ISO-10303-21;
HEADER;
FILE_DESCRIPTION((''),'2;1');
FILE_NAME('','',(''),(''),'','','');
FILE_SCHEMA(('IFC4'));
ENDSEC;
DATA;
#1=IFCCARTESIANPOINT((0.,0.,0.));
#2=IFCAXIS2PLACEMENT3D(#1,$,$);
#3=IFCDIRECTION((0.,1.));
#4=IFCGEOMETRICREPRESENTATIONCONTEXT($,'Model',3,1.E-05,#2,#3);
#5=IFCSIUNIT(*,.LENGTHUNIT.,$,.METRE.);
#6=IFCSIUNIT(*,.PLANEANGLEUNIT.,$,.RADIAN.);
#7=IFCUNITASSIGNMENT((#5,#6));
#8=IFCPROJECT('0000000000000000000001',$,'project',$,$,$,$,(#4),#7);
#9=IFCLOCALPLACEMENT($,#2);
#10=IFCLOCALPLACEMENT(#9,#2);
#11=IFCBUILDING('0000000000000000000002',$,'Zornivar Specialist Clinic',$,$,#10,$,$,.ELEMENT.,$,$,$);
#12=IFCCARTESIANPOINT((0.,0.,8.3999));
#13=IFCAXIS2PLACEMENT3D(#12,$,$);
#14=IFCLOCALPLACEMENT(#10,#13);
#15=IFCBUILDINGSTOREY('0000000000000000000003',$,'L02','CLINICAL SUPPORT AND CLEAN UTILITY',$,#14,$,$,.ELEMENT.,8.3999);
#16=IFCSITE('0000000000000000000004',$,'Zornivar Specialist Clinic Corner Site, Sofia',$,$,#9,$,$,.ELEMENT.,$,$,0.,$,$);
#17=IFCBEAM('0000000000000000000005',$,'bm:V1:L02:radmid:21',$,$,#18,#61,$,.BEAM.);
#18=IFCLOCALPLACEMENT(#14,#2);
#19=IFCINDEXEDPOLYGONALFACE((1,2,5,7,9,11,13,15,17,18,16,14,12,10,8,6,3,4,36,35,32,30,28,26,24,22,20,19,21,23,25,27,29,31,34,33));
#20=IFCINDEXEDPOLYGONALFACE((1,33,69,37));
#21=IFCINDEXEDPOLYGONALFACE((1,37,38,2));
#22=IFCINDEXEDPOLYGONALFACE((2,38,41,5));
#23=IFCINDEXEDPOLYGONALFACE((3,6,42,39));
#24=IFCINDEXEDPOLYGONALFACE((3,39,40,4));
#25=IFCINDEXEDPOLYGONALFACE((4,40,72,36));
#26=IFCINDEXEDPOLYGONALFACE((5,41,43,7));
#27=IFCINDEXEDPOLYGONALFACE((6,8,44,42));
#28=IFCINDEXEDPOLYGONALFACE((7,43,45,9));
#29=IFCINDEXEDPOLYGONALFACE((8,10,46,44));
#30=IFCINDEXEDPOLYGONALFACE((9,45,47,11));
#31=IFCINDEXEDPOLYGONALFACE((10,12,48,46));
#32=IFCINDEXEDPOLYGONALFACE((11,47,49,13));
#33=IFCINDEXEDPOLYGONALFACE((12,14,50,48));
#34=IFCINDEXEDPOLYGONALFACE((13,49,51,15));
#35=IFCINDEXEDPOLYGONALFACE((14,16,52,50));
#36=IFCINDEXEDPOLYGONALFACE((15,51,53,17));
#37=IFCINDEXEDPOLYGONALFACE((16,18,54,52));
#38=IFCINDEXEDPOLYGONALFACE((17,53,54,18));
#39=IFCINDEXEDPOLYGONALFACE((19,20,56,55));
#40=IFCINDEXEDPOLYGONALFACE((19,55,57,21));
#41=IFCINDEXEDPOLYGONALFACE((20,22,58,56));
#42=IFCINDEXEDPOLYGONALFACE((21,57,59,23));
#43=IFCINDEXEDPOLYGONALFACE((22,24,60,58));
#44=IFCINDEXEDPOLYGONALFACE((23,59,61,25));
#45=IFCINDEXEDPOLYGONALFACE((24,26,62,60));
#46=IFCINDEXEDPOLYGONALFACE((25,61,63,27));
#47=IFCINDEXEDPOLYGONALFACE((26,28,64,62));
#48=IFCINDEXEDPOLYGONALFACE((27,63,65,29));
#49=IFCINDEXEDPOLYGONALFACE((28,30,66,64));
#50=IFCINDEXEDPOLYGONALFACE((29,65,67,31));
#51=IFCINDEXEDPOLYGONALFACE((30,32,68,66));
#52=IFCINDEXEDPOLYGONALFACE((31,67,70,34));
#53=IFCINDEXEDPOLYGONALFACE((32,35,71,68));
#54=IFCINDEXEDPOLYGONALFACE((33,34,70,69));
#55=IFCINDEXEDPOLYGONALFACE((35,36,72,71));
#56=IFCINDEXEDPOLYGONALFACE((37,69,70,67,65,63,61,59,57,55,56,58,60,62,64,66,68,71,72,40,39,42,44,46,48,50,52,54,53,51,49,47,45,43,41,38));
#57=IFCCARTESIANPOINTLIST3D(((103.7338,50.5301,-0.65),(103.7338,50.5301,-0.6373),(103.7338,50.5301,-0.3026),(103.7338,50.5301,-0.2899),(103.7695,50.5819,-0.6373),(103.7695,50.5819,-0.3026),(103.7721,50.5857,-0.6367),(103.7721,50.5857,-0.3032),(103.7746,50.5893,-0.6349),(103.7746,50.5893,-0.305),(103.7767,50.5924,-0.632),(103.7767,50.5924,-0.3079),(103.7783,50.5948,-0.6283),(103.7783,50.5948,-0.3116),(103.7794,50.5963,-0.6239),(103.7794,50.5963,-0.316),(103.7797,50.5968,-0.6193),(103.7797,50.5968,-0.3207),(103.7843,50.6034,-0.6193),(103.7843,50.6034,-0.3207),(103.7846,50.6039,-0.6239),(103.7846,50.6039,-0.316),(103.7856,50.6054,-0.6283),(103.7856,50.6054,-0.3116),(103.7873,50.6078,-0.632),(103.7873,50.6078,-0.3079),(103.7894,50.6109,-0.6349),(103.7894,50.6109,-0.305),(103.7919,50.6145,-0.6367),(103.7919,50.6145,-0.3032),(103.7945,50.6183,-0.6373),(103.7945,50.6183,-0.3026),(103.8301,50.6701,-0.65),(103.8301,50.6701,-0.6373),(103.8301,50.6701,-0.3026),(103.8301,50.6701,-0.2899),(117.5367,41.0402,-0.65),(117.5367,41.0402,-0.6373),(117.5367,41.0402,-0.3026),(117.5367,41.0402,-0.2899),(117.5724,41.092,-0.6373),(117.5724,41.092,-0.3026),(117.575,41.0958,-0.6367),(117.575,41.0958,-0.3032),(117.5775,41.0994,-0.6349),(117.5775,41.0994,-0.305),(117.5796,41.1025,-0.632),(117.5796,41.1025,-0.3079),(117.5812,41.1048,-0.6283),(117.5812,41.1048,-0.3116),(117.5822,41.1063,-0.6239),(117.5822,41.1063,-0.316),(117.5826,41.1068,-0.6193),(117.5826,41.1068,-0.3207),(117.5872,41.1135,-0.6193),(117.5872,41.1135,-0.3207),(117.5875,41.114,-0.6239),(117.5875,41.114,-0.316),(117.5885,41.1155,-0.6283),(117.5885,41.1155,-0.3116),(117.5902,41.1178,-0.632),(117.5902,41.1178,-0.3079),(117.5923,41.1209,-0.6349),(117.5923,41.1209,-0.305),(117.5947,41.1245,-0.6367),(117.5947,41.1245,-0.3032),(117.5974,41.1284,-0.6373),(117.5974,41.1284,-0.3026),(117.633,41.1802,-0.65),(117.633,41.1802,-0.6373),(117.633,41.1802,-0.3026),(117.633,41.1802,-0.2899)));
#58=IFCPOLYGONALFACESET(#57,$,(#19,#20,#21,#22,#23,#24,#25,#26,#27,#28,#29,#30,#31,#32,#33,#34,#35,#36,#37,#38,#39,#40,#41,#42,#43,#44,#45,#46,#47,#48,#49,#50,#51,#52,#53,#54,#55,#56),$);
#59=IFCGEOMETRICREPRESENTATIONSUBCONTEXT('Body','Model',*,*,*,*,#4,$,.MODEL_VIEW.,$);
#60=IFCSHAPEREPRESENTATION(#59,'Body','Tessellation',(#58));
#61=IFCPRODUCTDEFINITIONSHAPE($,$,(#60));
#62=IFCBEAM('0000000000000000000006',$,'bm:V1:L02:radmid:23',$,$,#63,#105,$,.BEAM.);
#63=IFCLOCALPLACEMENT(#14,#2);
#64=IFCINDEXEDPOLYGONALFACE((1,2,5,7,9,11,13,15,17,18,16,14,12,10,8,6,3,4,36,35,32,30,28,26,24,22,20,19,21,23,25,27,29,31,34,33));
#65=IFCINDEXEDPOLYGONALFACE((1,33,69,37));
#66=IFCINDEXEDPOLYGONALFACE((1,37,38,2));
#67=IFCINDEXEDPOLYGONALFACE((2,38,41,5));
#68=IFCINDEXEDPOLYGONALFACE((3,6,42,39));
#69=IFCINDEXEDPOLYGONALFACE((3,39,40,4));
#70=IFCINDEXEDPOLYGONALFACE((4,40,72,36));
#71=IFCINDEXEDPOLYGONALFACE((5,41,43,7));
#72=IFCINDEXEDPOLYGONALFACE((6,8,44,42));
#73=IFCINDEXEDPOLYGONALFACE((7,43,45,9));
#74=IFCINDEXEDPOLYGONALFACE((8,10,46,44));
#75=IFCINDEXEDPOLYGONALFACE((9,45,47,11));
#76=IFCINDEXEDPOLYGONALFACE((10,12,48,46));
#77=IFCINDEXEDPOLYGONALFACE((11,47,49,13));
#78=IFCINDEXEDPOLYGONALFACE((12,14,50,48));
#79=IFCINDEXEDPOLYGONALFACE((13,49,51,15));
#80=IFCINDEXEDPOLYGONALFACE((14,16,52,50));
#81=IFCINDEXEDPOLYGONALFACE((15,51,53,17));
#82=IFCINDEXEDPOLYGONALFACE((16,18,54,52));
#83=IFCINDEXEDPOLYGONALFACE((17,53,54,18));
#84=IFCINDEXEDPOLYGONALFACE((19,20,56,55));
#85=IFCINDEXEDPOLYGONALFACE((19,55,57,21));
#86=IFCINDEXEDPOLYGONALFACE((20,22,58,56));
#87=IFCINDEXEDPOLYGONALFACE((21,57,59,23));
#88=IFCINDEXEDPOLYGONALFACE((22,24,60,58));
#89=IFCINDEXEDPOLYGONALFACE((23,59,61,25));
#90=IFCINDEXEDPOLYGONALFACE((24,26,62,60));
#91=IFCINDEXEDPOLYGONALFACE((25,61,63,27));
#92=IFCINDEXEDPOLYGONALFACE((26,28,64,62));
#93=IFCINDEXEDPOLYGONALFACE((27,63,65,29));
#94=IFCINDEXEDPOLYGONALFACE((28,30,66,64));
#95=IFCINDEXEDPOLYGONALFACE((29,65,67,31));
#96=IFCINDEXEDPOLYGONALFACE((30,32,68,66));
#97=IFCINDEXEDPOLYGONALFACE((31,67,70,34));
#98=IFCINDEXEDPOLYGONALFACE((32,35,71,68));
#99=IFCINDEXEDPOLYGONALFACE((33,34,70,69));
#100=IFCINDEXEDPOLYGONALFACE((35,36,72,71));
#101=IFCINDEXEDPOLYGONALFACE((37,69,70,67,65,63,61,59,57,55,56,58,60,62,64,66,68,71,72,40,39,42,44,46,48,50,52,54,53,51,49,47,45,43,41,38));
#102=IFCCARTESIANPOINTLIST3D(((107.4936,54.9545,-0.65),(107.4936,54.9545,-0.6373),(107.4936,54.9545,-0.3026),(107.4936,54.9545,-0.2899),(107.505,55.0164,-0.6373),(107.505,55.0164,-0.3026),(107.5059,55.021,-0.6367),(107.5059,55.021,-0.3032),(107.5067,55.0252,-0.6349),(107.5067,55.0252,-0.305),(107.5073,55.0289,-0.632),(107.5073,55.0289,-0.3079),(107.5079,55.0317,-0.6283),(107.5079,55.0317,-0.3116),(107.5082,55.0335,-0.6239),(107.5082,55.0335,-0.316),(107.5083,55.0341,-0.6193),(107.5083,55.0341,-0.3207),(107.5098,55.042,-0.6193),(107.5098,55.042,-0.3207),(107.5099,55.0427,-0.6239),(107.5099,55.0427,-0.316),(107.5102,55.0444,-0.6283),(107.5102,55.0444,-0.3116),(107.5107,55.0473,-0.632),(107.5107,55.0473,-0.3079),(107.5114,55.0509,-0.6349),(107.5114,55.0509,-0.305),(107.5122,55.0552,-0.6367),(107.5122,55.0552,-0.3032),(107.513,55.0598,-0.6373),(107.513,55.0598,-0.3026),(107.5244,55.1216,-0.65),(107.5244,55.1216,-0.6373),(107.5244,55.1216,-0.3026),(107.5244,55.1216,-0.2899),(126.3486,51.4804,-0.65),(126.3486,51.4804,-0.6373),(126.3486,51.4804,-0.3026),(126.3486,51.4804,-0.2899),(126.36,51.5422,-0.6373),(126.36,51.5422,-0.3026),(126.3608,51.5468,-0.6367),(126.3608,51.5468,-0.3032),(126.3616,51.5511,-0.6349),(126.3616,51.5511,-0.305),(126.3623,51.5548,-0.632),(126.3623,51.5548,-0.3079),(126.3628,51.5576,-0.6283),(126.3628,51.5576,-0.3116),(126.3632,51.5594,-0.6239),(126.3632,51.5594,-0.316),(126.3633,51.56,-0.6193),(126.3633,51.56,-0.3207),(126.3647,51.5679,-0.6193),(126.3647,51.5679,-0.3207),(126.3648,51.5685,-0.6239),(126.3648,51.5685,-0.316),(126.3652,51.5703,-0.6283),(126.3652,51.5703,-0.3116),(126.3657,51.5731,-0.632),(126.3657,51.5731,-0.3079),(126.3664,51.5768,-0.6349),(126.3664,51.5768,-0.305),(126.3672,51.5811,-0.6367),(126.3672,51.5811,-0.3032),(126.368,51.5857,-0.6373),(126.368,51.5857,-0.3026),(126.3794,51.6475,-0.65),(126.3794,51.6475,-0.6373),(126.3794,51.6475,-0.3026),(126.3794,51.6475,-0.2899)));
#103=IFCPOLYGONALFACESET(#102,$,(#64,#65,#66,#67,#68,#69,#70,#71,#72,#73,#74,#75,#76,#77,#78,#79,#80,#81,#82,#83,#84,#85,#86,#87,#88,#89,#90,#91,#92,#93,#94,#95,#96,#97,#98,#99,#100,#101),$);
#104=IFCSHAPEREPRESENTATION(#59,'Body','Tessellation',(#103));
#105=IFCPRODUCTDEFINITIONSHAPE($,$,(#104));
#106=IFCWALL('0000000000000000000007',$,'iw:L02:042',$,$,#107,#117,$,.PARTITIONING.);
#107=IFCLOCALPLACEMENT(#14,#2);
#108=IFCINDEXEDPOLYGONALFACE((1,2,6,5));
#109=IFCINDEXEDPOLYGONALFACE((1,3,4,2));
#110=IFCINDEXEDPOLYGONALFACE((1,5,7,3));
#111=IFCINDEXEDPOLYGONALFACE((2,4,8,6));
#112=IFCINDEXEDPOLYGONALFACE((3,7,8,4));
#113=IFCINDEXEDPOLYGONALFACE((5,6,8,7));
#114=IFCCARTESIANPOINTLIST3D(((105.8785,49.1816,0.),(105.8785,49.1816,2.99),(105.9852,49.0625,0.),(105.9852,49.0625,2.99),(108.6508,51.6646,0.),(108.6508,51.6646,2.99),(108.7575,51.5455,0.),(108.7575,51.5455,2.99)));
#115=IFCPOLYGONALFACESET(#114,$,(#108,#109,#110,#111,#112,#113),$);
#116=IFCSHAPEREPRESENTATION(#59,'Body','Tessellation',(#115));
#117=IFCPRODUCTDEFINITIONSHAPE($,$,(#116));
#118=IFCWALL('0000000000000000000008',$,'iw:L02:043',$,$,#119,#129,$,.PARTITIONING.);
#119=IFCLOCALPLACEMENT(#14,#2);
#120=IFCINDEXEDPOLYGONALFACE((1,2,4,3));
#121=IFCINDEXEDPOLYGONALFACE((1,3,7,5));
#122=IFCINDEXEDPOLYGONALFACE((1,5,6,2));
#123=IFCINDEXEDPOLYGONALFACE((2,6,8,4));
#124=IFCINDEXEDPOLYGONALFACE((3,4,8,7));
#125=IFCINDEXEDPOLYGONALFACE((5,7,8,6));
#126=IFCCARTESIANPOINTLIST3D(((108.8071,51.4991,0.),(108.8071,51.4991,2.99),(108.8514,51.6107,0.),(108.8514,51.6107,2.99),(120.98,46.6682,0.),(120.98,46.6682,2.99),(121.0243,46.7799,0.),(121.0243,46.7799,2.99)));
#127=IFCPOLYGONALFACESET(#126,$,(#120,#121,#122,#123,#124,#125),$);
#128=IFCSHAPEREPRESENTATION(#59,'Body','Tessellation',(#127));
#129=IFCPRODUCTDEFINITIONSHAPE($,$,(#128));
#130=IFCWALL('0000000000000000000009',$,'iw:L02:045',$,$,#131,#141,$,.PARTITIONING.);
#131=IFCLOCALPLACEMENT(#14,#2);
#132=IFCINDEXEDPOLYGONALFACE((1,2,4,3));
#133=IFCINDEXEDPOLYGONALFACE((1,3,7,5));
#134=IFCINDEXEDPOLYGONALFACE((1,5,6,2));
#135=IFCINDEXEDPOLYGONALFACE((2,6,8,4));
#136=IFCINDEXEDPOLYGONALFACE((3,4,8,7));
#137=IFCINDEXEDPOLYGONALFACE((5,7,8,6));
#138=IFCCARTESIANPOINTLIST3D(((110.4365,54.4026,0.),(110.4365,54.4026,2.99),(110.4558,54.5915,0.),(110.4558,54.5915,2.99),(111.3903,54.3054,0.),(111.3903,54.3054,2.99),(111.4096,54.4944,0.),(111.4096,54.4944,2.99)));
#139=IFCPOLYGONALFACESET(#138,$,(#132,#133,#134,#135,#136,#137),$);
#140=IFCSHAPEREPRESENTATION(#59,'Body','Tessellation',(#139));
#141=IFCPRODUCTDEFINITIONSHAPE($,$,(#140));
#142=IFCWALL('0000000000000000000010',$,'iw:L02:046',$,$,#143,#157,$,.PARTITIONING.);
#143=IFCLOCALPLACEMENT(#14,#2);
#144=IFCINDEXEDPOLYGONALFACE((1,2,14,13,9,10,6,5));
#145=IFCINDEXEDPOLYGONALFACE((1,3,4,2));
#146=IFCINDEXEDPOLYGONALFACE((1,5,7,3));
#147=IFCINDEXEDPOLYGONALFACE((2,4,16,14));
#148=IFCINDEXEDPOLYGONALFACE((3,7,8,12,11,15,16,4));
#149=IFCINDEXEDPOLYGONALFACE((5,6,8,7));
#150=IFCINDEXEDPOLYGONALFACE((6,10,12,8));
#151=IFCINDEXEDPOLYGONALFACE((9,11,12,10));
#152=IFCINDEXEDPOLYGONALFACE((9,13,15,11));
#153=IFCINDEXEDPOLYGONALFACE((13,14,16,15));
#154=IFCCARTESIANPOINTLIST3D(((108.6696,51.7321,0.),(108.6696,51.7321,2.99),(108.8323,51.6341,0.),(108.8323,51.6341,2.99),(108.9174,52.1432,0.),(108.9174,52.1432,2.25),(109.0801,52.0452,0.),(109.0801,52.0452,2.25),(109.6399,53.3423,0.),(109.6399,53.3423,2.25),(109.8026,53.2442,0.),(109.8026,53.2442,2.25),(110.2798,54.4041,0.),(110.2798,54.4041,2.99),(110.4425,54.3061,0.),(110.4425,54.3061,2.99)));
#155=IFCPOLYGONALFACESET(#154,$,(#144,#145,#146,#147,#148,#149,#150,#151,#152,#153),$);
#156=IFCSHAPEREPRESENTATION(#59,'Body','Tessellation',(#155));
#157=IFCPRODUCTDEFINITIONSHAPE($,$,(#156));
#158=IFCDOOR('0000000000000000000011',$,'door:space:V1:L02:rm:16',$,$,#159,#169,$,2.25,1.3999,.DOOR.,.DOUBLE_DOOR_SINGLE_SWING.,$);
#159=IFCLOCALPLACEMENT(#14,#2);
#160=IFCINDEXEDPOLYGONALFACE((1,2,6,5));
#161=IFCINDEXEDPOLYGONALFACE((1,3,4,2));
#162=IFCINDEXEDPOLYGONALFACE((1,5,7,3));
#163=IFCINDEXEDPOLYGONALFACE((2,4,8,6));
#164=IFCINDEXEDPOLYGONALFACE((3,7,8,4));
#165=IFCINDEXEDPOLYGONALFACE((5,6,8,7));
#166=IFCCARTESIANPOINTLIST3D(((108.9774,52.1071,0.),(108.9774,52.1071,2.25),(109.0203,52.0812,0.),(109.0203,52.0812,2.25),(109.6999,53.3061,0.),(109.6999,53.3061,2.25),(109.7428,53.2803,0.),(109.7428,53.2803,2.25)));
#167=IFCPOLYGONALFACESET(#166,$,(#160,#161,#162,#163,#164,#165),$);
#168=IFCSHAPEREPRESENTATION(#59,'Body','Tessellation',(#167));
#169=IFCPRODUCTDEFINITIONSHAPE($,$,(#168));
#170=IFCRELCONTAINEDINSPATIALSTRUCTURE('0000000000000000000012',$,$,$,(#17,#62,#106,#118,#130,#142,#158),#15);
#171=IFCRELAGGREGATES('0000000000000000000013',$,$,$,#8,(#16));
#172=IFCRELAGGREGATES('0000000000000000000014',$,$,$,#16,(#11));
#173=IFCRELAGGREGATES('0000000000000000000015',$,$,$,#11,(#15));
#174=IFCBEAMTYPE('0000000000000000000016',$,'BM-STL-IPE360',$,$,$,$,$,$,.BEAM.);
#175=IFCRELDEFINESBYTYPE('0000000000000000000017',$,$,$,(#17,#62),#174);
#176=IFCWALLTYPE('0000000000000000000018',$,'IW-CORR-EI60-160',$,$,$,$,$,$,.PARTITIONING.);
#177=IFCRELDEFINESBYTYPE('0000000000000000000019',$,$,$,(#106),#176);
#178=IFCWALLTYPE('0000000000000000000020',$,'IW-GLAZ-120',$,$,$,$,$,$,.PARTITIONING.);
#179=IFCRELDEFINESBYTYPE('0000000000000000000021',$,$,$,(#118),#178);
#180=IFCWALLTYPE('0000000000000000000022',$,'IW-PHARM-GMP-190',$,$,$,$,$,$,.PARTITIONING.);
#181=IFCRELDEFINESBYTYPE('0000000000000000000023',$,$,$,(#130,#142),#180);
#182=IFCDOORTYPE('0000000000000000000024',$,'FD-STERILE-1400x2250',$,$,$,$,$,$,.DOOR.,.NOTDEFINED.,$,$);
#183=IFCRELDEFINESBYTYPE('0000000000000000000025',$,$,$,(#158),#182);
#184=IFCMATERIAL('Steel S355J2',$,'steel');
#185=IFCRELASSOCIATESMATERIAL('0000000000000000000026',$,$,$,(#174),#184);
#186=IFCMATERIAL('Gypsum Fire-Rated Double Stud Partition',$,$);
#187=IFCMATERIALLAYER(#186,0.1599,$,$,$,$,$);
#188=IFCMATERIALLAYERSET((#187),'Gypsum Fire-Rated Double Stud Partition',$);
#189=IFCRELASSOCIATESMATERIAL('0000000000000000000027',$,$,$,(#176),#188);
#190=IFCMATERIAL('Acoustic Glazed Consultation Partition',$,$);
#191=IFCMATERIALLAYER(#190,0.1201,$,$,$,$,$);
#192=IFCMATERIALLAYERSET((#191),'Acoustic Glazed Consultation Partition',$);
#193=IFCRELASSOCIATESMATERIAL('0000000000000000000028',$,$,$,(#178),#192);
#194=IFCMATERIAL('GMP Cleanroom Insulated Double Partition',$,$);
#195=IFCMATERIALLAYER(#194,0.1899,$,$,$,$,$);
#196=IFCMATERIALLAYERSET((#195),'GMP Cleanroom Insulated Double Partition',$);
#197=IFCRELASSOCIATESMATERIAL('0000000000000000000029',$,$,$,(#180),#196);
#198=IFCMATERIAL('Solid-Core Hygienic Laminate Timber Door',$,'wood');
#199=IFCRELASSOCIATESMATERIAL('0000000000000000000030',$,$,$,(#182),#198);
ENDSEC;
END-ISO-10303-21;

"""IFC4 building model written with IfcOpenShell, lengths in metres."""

from ifc_helpers import new_model, si_unit, direction, frame, frame_2d, origin, origin_2d, place, context, subcontext, project, spatial, rectangle, i_section, extrude, material, layer, layer_set, material_profile, profile_set, type_object, element, fill, save


model = new_model("IFC4")

# Units and contexts
model_context = context("Model", 3, precision=1e-05, world=origin(), true_north=direction((0.0, 1.0)))
body_context = subcontext(model_context, "Body", "Model", "MODEL_VIEW")
ifc_project = project(units=[si_unit("LENGTHUNIT", "METRE"), si_unit("PLANEANGLEUNIT", "RADIAN")], contexts=[model_context])

# Site, building, storey
site_placement = place(None, origin())
site = spatial("IfcSite", under=ifc_project, at=site_placement, Name="Zornivar Specialist Clinic Corner Site, Sofia", CompositionType="ELEMENT", RefElevation=0.0)
building_placement = place(site_placement, origin())
building = spatial("IfcBuilding", under=site, at=building_placement, Name="Zornivar Specialist Clinic", CompositionType="ELEMENT")
storey_placement = place(building_placement, frame((0.0, 0.0, 8.3999)))
storey = spatial("IfcBuildingStorey", under=building, at=storey_placement, Name="L02", Description="CLINICAL SUPPORT AND CLEAN UTILITY", CompositionType="ELEMENT", Elevation=8.3999)

# Beams
ifc_material_1 = material(Name="Steel S355J2", Category="steel")
ifc_material_profile_1 = material_profile(ifc_material_1, i_section(OverallWidth=0.1699, OverallDepth=0.3601, WebThickness=0.0081, FlangeThickness=0.0127, FilletRadius=0.0181, at=origin_2d()), Name="IPE 360")
ifc_profile_set_1 = profile_set([ifc_material_profile_1], Name="Steel S355J2")
beam_type_1 = type_object("IfcBeamType", Name="BM-STL-IPE360", PredefinedType="BEAM", material=ifc_profile_set_1)
beam_1_placement = place(storey_placement, frame((103.782, 50.6001, -0.47), z_axis=(0.82403, -0.566547, 0.0), x_axis=(0.566547, 0.82403, 0.0)))
element("IfcBeam", 1, at=beam_1_placement, inside=storey, type_object=beam_type_1, Name="bm:V1:L02:radmid:21", PredefinedType="BEAM", context=body_context, shape_type="SweptSolid", body=[
    extrude(i_section(OverallWidth=0.1699, OverallDepth=0.3601, WebThickness=0.0081, FlangeThickness=0.0127, FilletRadius=0.0181, at=origin_2d()), origin(), (0.0, 0.0, 1.0), 16.7505),
])
beam_2_placement = place(storey_placement, frame((107.509, 55.0381, -0.47), z_axis=(0.983445, -0.181205, 0.0), x_axis=(0.181205, 0.983445, 0.0)))
element("IfcBeam", 2, at=beam_2_placement, inside=storey, type_object=beam_type_1, Name="bm:V1:L02:radmid:23", PredefinedType="BEAM", context=body_context, shape_type="SweptSolid", body=[
    extrude(i_section(OverallWidth=0.1699, OverallDepth=0.3601, WebThickness=0.0081, FlangeThickness=0.0127, FilletRadius=0.0181, at=origin_2d()), origin(), (0.0, 0.0, 1.0), 19.1724),
])

# Shared definitions
ifc_material_2 = material(Name="Gypsum Fire-Rated Double Stud Partition")
ifc_layer_1 = layer(ifc_material_2, 0.1599)
ifc_layer_set_1 = layer_set([ifc_layer_1], Name="Gypsum Fire-Rated Double Stud Partition")
wall_type_1 = type_object("IfcWallType", Name="IW-CORR-EI60-160", PredefinedType="PARTITIONING", material=ifc_layer_set_1)

# Walls
wall_1_placement = place(storey_placement, frame((105.9319, 49.1221, 0.0), z_axis=(0.0, 0.0, 1.0), x_axis=(0.744907, 0.667169, 0.0)))
element("IfcWall", 3, at=wall_1_placement, inside=storey, type_object=wall_type_1, Name="iw:L02:042", PredefinedType="PARTITIONING", context=body_context, shape_type="SweptSolid", body=[
    extrude(rectangle(XDim=3.7217, YDim=0.1599, at=frame_2d((1.8608, 0.0))), origin(), (0.0, 0.0, 1.0), 2.99),
])
ifc_material_3 = material(Name="Acoustic Glazed Consultation Partition")
ifc_layer_2 = layer(ifc_material_3, 0.1201)
ifc_layer_set_2 = layer_set([ifc_layer_2], Name="Acoustic Glazed Consultation Partition")
wall_type_2 = type_object("IfcWallType", Name="IW-GLAZ-120", PredefinedType="PARTITIONING", material=ifc_layer_set_2)
wall_2_placement = place(storey_placement, frame((108.8291, 51.5549, 0.0), z_axis=(0.0, 0.0, 1.0), x_axis=(0.929482, -0.368866, 0.0)))
element("IfcWall", 4, at=wall_2_placement, inside=storey, type_object=wall_type_2, Name="iw:L02:043", PredefinedType="PARTITIONING", context=body_context, shape_type="SweptSolid", body=[
    extrude(rectangle(XDim=13.0964, YDim=0.1201, at=frame_2d((6.5483, 0.0))), origin(), (0.0, 0.0, 1.0), 2.99),
])
ifc_material_4 = material(Name="GMP Cleanroom Insulated Double Partition")
ifc_layer_3 = layer(ifc_material_4, 0.1899)
ifc_layer_set_3 = layer_set([ifc_layer_3], Name="GMP Cleanroom Insulated Double Partition")
wall_type_3 = type_object("IfcWallType", Name="IW-PHARM-GMP-190", PredefinedType="PARTITIONING", material=ifc_layer_set_3)
wall_3_placement = place(storey_placement, frame((110.446, 54.4971, 0.0), z_axis=(0.0, 0.0, 1.0), x_axis=(0.994851, -0.101344, 0.0)))
element("IfcWall", 5, at=wall_3_placement, inside=storey, type_object=wall_type_3, Name="iw:L02:045", PredefinedType="PARTITIONING", context=body_context, shape_type="SweptSolid", body=[
    extrude(rectangle(XDim=0.9587, YDim=0.1899, at=frame_2d((0.4795, 0.0))), origin(), (0.0, 0.0, 1.0), 2.99),
])

# Wall, opening, door
wall_4_placement = place(storey_placement, frame((108.751, 51.6831, 0.0), z_axis=(0.0, 0.0, 1.0), x_axis=(0.516141, 0.856504, 0.0)))
wall_4 = element("IfcWall", 6, at=wall_4_placement, inside=storey, type_object=wall_type_3, Name="iw:L02:046", PredefinedType="PARTITIONING", context=body_context, shape_type="SweptSolid", body=[
    extrude(rectangle(XDim=3.1196, YDim=0.1899, at=frame_2d((1.5598, 0.0))), origin(), (0.0, 0.0, 1.0), 2.99),
])
opening_1_placement = place(wall_4_placement, frame((0.48, 0.0, 0.0)))
opening_1 = element("IfcOpeningElement", 7, at=opening_1_placement, cuts=wall_4, PredefinedType="OPENING", context=body_context, shape_type="SweptSolid", body=[
    extrude(rectangle(XDim=1.3999, YDim=2.25, at=frame_2d((0.7, 1.125))), frame((0.0, 0.105, 0.0), z_axis=(0.0, -1.0, 0.0), x_axis=(1.0, 0.0, 0.0)), (0.0, 0.0, 1.0), 0.21),
])
ifc_material_5 = material(Name="Solid-Core Hygienic Laminate Timber Door", Category="wood")
door_type_1 = type_object("IfcDoorType", Name="FD-STERILE-1400x2250", OperationType="NOTDEFINED", PredefinedType="DOOR", material=ifc_material_5)
door_1_placement = place(opening_1_placement, origin())
door_1 = element("IfcDoor", 8, at=door_1_placement, inside=storey, type_object=door_type_1, Name="door:space:V1:L02:rm:16", OperationType="DOUBLE_DOOR_SINGLE_SWING", OverallHeight=2.25, OverallWidth=1.3999, PredefinedType="DOOR", context=body_context, shape_type="SweptSolid", body=[
    extrude(rectangle(XDim=1.3999, YDim=2.25, at=frame_2d((0.7, 1.125))), frame((0.0, 0.0249, 0.0), z_axis=(0.0, -1.0, 0.0), x_axis=(1.0, 0.0, 0.0)), (0.0, 0.0, 1.0), 0.05),
])
fill(opening_1, door_1)

save(model, "model.ifc")
